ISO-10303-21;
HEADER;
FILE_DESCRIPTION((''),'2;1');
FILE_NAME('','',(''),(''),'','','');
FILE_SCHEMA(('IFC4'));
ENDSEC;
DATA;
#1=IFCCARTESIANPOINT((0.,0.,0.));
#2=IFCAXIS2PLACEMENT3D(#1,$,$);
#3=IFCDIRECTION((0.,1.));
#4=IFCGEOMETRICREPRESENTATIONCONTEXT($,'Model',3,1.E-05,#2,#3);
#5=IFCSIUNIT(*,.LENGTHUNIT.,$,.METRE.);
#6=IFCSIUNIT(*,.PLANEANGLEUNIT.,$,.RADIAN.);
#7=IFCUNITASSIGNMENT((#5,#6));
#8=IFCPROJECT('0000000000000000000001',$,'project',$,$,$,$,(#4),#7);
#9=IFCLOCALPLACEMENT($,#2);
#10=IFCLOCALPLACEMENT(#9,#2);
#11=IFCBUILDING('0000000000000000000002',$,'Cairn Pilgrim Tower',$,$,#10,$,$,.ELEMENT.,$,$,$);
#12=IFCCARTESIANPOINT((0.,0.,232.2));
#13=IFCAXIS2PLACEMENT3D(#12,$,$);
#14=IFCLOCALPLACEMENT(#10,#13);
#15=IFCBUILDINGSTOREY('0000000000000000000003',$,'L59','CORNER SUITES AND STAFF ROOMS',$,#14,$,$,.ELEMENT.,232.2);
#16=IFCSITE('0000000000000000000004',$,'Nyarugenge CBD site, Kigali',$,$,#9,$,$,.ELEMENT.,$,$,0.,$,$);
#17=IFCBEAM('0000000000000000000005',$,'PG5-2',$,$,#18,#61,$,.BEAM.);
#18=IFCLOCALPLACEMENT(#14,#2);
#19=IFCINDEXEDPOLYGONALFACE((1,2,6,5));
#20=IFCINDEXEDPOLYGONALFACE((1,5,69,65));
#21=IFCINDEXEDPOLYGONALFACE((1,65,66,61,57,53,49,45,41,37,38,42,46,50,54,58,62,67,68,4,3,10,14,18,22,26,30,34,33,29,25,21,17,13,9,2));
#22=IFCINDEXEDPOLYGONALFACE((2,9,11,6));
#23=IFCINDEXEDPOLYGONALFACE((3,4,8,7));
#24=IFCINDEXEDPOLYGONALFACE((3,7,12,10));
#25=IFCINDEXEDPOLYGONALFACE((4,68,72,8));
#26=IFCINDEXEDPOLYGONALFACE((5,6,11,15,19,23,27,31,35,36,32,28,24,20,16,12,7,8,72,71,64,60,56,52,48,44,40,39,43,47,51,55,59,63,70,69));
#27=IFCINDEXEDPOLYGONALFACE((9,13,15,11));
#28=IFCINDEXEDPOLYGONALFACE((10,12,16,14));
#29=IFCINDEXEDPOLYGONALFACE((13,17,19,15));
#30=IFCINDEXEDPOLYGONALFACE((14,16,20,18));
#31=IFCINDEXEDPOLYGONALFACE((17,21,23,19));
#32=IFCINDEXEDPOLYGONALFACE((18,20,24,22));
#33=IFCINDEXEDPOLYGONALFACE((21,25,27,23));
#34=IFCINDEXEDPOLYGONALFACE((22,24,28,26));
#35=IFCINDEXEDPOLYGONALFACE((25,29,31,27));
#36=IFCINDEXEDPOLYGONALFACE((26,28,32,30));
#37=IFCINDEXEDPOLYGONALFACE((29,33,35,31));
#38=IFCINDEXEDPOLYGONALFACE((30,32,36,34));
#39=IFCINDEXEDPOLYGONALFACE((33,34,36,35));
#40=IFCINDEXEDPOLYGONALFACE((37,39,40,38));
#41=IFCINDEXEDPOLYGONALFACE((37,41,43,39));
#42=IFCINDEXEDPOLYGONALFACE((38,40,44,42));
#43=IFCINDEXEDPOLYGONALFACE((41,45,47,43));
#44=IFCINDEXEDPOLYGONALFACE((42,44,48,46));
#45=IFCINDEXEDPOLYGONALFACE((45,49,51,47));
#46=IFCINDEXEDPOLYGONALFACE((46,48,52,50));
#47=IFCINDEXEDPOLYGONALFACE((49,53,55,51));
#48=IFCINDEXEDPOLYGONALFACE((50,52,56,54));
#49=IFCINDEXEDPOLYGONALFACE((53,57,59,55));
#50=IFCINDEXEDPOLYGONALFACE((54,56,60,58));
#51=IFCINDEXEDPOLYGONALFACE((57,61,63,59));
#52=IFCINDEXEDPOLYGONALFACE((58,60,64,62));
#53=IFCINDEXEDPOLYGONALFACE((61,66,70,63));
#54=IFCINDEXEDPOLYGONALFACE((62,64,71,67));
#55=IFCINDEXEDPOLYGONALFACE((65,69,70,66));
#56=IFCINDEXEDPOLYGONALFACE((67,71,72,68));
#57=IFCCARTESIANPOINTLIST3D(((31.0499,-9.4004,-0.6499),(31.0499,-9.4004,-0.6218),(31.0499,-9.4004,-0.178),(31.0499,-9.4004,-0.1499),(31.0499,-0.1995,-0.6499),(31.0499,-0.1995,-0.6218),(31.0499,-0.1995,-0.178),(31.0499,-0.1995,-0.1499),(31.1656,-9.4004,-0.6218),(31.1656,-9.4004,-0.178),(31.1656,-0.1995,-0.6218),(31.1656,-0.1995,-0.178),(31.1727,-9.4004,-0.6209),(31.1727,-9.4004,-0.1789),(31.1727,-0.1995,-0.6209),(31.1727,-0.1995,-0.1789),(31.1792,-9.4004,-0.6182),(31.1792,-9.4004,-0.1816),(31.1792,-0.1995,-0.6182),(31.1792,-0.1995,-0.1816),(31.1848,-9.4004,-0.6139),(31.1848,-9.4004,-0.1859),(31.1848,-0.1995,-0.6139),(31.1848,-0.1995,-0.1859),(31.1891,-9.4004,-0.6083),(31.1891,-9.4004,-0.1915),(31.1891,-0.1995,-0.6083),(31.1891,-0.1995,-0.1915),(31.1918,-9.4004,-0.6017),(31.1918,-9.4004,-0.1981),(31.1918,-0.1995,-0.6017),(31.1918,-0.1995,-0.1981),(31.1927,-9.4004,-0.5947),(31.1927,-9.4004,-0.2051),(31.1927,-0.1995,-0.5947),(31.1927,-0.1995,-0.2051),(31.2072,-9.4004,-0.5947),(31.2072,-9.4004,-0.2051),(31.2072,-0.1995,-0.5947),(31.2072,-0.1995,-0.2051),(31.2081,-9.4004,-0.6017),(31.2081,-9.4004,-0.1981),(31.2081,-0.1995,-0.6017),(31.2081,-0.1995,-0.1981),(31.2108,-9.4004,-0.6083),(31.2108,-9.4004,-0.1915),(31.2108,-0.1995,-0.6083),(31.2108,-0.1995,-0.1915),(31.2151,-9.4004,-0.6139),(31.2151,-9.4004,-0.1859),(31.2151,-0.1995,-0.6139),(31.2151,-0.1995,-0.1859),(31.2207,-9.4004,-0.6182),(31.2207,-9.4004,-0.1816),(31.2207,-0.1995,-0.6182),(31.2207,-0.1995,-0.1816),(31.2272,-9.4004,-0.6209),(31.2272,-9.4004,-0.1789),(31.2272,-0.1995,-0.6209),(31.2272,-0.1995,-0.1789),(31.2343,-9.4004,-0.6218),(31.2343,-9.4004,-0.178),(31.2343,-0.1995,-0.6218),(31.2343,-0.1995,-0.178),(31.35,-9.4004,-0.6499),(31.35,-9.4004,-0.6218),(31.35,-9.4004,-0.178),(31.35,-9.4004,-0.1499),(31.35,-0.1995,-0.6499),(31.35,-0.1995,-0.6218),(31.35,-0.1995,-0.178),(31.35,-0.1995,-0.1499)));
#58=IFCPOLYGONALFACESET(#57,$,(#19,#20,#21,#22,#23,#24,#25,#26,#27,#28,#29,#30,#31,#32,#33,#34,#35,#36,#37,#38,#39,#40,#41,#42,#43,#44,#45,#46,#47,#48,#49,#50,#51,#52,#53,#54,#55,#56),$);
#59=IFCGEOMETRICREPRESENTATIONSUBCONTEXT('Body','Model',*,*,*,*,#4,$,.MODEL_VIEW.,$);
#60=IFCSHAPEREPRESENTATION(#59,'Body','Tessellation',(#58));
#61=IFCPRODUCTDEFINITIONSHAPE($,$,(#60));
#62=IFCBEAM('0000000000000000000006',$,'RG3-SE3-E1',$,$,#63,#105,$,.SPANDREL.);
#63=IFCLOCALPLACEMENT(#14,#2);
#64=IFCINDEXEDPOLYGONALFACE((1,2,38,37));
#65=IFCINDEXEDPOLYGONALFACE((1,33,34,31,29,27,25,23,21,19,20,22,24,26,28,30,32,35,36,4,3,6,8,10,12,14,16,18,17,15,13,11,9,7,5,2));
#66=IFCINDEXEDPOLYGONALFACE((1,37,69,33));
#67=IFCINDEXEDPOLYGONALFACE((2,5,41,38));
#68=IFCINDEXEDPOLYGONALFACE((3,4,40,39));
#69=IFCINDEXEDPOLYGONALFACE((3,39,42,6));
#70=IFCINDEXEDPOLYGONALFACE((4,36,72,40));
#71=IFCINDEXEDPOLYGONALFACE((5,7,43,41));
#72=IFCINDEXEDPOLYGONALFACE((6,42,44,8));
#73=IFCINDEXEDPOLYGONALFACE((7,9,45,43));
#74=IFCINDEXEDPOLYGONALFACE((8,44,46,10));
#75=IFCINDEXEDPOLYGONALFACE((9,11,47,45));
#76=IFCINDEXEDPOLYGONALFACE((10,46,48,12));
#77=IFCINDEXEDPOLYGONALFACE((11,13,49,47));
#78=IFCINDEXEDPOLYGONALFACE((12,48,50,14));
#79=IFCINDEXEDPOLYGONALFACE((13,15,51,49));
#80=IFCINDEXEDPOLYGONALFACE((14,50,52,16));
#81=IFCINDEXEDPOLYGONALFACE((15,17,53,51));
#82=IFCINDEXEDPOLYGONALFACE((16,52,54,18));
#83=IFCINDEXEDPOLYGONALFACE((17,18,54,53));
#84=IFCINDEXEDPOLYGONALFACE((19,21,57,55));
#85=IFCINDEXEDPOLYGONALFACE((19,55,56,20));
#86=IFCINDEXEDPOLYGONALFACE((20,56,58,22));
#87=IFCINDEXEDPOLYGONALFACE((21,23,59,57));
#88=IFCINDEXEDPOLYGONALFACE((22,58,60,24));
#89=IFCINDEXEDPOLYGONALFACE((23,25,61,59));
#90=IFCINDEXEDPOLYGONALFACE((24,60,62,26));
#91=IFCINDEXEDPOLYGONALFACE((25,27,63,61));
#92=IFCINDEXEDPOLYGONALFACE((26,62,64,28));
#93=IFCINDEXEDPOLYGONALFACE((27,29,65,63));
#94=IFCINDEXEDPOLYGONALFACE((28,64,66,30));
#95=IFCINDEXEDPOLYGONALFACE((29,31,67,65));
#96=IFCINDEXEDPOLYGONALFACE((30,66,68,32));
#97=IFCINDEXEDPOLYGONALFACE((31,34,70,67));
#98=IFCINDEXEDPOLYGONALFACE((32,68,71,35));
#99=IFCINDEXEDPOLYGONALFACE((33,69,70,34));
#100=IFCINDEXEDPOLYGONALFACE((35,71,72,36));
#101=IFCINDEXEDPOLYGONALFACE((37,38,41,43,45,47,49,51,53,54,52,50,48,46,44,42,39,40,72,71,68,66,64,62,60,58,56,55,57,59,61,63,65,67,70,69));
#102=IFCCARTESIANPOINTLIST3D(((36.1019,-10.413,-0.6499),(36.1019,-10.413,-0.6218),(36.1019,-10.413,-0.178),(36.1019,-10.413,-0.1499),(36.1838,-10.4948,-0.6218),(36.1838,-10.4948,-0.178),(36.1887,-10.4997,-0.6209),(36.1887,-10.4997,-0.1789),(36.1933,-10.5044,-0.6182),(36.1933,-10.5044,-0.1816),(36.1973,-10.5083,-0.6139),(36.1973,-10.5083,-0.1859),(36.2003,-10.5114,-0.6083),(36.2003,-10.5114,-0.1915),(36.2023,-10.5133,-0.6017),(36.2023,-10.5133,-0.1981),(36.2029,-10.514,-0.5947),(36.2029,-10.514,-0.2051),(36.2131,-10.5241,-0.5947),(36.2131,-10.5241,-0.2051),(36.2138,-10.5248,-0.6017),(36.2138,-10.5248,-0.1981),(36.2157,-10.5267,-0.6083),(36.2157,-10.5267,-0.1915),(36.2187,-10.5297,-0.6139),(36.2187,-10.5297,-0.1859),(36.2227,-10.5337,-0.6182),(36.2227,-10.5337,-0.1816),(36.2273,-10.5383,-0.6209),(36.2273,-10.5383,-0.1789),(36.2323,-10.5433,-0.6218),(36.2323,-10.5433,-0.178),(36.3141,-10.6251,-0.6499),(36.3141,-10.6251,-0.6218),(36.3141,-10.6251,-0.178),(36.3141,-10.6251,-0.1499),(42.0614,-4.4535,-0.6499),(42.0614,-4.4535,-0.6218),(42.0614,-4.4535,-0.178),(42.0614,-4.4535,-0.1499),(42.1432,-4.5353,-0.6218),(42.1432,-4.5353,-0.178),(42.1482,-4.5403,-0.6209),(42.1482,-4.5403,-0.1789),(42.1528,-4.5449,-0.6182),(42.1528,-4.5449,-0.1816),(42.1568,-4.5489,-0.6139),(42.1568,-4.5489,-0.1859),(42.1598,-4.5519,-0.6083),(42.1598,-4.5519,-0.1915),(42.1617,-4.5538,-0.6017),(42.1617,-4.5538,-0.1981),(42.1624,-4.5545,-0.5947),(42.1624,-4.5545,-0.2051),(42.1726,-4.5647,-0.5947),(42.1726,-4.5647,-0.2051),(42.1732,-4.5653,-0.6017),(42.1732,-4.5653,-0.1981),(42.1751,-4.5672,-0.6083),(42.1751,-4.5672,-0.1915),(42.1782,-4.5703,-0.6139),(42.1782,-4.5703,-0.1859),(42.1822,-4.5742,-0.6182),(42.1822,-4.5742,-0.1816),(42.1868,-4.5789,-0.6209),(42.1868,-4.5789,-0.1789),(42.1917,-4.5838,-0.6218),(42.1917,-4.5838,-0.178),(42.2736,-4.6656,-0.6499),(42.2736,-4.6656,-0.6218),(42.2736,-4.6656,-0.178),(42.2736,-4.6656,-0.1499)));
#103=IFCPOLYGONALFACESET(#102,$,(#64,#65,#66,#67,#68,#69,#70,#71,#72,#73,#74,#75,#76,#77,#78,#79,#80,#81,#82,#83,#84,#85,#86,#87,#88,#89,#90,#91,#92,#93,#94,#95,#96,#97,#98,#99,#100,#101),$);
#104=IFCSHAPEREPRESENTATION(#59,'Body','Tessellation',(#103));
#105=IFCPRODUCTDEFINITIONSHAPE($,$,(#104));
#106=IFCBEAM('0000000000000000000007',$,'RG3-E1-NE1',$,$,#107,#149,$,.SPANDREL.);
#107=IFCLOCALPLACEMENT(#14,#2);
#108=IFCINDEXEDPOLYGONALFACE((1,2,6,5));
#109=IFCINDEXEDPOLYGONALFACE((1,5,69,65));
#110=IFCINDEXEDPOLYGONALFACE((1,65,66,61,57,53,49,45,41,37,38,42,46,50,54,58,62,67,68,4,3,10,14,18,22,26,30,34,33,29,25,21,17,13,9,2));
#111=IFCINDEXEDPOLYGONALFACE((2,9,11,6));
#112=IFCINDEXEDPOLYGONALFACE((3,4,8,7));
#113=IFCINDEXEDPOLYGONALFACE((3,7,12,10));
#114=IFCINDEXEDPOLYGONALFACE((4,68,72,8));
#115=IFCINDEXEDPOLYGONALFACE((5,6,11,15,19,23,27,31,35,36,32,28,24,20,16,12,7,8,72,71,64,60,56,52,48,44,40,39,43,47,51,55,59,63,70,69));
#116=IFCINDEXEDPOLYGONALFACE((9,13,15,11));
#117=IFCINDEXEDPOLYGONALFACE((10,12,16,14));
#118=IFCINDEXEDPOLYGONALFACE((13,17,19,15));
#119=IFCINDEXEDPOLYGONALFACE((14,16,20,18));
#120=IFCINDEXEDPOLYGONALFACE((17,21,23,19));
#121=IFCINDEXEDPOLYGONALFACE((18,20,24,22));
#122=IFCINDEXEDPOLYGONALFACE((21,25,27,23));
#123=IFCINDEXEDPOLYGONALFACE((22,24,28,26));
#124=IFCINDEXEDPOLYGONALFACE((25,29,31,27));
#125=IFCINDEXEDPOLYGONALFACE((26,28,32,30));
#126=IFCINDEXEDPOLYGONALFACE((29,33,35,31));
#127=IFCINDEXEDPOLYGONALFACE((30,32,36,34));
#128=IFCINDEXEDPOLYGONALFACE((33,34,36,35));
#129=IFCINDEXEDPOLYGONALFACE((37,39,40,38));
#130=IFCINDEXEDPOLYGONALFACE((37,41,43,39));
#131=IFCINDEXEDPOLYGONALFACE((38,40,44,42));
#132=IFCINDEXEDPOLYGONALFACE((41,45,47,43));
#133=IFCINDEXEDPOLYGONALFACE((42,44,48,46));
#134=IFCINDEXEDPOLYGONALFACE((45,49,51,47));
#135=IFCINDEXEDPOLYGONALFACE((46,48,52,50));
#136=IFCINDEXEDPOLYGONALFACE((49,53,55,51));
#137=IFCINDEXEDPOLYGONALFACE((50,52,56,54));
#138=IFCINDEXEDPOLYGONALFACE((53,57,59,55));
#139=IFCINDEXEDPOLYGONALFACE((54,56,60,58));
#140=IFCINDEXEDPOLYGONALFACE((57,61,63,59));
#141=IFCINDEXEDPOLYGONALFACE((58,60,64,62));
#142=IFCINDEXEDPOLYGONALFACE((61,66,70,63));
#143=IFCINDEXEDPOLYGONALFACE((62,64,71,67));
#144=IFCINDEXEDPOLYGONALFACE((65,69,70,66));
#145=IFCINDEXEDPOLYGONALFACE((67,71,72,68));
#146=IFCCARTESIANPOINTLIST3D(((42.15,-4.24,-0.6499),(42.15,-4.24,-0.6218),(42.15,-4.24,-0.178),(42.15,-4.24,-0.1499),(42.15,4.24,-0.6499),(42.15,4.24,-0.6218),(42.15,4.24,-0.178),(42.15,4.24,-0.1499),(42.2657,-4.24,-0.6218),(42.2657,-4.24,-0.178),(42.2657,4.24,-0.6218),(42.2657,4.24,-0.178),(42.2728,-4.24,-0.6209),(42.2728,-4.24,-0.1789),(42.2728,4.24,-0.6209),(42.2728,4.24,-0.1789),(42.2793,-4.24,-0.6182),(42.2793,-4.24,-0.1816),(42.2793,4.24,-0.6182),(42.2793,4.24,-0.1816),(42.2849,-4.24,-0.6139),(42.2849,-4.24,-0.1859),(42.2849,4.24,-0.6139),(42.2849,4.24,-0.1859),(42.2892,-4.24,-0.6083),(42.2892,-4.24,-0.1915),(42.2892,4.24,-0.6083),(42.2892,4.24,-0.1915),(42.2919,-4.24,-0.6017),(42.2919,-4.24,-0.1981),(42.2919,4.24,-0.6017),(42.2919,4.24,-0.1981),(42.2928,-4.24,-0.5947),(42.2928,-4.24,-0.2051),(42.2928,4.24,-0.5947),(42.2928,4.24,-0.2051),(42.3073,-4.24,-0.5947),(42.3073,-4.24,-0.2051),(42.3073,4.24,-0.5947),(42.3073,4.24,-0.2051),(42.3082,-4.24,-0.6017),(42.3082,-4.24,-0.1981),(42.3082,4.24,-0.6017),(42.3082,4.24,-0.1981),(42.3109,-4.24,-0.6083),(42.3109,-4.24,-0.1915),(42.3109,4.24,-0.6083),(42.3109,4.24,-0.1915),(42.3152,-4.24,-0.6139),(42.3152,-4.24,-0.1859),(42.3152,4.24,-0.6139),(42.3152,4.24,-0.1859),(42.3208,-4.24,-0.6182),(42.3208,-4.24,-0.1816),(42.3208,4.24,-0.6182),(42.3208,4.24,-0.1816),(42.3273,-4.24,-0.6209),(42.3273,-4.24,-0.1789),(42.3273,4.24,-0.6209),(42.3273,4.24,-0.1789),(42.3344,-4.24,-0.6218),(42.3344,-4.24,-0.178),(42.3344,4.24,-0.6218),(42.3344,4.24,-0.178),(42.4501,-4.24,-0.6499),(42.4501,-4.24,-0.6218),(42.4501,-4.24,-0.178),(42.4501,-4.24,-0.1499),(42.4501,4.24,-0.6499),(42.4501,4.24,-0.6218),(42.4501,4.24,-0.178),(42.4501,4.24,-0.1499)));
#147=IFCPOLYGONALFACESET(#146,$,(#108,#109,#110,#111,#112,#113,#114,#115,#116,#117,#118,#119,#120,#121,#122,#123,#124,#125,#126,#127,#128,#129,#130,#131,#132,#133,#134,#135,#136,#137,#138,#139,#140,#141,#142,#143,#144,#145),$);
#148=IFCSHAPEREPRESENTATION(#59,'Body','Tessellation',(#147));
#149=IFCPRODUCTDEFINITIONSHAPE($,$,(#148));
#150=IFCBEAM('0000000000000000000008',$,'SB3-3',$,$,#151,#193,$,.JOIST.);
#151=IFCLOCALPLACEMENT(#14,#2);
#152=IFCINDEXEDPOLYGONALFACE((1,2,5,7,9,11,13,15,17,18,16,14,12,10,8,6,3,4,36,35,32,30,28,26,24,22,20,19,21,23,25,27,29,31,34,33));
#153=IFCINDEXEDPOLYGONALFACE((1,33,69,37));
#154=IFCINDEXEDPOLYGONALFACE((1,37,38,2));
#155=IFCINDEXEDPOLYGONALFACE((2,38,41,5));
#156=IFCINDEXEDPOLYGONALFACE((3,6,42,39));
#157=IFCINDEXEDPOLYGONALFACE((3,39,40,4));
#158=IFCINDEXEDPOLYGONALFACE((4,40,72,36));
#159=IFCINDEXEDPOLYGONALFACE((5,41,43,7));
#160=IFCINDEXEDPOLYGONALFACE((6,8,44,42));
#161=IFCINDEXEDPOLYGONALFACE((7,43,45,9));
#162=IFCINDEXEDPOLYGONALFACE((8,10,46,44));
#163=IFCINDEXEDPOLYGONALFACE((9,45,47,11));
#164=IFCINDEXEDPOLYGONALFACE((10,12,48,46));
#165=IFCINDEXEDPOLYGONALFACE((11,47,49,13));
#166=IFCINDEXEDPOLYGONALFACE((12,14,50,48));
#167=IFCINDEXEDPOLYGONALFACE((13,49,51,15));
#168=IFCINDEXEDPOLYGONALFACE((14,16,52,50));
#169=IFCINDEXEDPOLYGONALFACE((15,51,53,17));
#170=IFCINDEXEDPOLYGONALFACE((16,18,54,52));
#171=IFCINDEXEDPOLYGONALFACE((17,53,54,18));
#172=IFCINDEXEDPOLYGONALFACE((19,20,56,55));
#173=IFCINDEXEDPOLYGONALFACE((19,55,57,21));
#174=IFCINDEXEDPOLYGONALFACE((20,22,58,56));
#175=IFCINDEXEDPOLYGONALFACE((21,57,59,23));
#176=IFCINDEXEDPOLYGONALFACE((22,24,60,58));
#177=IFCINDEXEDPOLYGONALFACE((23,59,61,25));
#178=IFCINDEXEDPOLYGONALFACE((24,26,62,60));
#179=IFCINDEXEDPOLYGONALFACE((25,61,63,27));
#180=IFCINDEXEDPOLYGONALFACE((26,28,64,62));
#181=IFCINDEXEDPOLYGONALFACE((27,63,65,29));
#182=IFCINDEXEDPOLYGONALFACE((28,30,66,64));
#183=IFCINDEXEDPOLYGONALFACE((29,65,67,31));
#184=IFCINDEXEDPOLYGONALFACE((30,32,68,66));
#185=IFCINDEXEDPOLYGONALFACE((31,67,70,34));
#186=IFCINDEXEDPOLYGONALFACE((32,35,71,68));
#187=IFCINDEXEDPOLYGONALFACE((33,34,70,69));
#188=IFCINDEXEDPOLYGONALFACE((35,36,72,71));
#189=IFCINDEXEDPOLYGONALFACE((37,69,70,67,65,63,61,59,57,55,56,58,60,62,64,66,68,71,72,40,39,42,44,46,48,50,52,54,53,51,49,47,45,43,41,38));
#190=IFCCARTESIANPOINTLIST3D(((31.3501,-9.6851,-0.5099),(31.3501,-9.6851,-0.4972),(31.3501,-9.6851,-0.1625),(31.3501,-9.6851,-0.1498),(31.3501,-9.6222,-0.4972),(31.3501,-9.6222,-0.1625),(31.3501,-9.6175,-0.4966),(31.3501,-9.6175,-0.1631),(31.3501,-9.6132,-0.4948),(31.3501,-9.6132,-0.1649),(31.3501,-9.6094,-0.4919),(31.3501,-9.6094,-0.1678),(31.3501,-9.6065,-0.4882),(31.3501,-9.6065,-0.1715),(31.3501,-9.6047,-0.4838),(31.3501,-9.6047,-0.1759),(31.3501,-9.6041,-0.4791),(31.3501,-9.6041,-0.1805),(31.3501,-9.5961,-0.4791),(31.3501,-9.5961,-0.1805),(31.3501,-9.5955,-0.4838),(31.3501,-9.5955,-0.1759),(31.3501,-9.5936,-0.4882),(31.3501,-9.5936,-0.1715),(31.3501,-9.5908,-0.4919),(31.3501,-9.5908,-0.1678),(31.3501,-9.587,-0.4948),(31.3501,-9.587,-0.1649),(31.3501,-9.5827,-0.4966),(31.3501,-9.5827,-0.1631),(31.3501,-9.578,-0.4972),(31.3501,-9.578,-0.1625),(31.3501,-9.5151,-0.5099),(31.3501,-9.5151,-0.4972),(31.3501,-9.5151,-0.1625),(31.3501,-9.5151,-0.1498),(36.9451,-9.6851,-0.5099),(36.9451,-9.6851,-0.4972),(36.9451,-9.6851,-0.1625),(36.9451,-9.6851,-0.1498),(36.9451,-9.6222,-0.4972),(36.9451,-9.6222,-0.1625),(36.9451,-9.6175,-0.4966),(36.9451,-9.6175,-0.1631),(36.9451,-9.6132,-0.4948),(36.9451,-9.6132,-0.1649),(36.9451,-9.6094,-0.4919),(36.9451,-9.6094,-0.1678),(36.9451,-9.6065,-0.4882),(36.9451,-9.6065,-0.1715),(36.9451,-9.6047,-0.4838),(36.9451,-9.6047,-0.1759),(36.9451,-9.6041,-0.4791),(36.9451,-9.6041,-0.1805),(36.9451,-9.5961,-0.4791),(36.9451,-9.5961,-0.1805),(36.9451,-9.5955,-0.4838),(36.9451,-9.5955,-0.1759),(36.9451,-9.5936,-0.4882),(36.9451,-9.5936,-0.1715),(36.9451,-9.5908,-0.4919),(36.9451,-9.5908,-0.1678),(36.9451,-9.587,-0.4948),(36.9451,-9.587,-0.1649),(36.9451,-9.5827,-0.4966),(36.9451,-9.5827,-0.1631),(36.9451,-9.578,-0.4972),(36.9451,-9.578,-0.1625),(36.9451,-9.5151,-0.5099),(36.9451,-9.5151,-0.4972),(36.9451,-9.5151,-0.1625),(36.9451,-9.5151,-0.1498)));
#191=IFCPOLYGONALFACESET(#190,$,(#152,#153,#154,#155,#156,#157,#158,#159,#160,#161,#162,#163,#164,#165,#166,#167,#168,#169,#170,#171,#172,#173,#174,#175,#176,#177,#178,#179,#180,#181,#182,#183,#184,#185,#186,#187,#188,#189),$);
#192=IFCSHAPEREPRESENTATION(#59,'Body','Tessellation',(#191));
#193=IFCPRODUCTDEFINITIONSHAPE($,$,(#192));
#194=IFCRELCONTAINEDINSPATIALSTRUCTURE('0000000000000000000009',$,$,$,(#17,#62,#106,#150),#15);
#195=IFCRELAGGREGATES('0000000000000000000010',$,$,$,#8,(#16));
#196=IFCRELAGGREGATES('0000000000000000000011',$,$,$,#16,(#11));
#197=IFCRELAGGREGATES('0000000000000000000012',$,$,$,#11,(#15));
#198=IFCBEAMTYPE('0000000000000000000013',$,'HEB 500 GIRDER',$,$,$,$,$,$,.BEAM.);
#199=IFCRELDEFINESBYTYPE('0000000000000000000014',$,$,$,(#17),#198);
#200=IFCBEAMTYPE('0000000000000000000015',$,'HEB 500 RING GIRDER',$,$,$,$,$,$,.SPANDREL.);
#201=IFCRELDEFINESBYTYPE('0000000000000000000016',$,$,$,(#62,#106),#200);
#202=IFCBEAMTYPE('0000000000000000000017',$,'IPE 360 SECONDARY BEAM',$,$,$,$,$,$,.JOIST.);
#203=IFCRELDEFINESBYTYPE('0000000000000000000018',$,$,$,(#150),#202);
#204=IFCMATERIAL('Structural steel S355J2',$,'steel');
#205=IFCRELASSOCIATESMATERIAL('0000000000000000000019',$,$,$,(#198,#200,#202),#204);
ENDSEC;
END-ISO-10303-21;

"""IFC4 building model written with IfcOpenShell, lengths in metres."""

from ifc_helpers import new_model, si_unit, direction, frame, origin, origin_2d, place, context, subcontext, project, spatial, i_section, extrude, material, material_profile, profile_set, type_object, element, save


model = new_model("IFC4")

# Units and contexts
model_context = context("Model", 3, precision=1e-05, world=origin(), true_north=direction((0.0, 1.0)))
body_context = subcontext(model_context, "Body", "Model", "MODEL_VIEW")
ifc_project = project(units=[si_unit("LENGTHUNIT", "METRE"), si_unit("PLANEANGLEUNIT", "RADIAN")], contexts=[model_context])

# Site, building, storey
site_placement = place(None, origin())
site = spatial("IfcSite", under=ifc_project, at=site_placement, Name="Nyarugenge CBD site, Kigali", CompositionType="ELEMENT", RefElevation=0.0)
building_placement = place(site_placement, origin())
building = spatial("IfcBuilding", under=site, at=building_placement, Name="Cairn Pilgrim Tower", CompositionType="ELEMENT")
storey_placement = place(building_placement, frame((0.0, 0.0, 232.2)))
storey = spatial("IfcBuildingStorey", under=building, at=storey_placement, Name="L59", Description="CORNER SUITES AND STAFF ROOMS", CompositionType="ELEMENT", Elevation=232.2)

# Shared definitions
ifc_material_1 = material(Name="Structural steel S355J2", Category="steel")

# Beams
ifc_material_profile_1 = material_profile(ifc_material_1, i_section(OverallWidth=0.3, OverallDepth=0.5, WebThickness=0.0144, FlangeThickness=0.0281, FilletRadius=0.0271, at=origin_2d()), Name="HEB 500")
ifc_profile_set_1 = profile_set([ifc_material_profile_1], Name="Structural steel S355J2")
beam_type_1 = type_object("IfcBeamType", Name="HEB 500 GIRDER", PredefinedType="BEAM", material=ifc_profile_set_1)
beam_1_placement = place(storey_placement, frame((31.2, -9.4004, -0.3999), z_axis=(0.0, 1.0, 0.0), x_axis=(-1.0, 0.0, 0.0)))
element("IfcBeam", 1, at=beam_1_placement, inside=storey, type_object=beam_type_1, Name="PG5-2", PredefinedType="BEAM", context=body_context, shape_type="SweptSolid", body=[
    extrude(i_section(OverallWidth=0.3, OverallDepth=0.5, WebThickness=0.0144, FlangeThickness=0.0281, FilletRadius=0.0271, at=origin_2d()), origin(), (0.0, 0.0, 1.0), 9.2009),
])
ifc_material_profile_2 = material_profile(ifc_material_1, i_section(OverallWidth=0.3, OverallDepth=0.5, WebThickness=0.0144, FlangeThickness=0.0281, FilletRadius=0.0271, at=origin_2d()), Name="HEB 500")
ifc_profile_set_2 = profile_set([ifc_material_profile_2], Name="Structural steel S355J2")
beam_type_2 = type_object("IfcBeamType", Name="HEB 500 RING GIRDER", PredefinedType="SPANDREL", material=ifc_profile_set_2)
beam_2_placement = place(storey_placement, frame((36.208, -10.519, -0.3999), z_axis=(0.707107, 0.707107, 0.0), x_axis=(-0.707107, 0.707107, 0.0)))
element("IfcBeam", 2, at=beam_2_placement, inside=storey, type_object=beam_type_2, Name="RG3-SE3-E1", PredefinedType="SPANDREL", context=body_context, shape_type="SweptSolid", body=[
    extrude(i_section(OverallWidth=0.3, OverallDepth=0.5, WebThickness=0.0144, FlangeThickness=0.0281, FilletRadius=0.0271, at=origin_2d()), origin(), (0.0, 0.0, 1.0), 8.428),
])
beam_3_placement = place(storey_placement, frame((42.3, -4.24, -0.3999), z_axis=(0.0, 1.0, 0.0), x_axis=(-1.0, 0.0, 0.0)))
element("IfcBeam", 3, at=beam_3_placement, inside=storey, type_object=beam_type_2, Name="RG3-E1-NE1", PredefinedType="SPANDREL", context=body_context, shape_type="SweptSolid", body=[
    extrude(i_section(OverallWidth=0.3, OverallDepth=0.5, WebThickness=0.0144, FlangeThickness=0.0281, FilletRadius=0.0271, at=origin_2d()), origin(), (0.0, 0.0, 1.0), 8.48),
])
ifc_material_profile_3 = material_profile(ifc_material_1, i_section(OverallWidth=0.1699, OverallDepth=0.3601, WebThickness=0.0081, FlangeThickness=0.0127, FilletRadius=0.0181, at=origin_2d()), Name="IPE 360")
ifc_profile_set_3 = profile_set([ifc_material_profile_3], Name="Structural steel S355J2")
beam_type_3 = type_object("IfcBeamType", Name="IPE 360 SECONDARY BEAM", PredefinedType="JOIST", material=ifc_profile_set_3)
beam_4_placement = place(storey_placement, frame((31.3501, -9.6001, -0.3298), z_axis=(1.0, 0.0, 0.0), x_axis=(0.0, 1.0, 0.0)))
element("IfcBeam", 4, at=beam_4_placement, inside=storey, type_object=beam_type_3, Name="SB3-3", PredefinedType="JOIST", context=body_context, shape_type="SweptSolid", body=[
    extrude(i_section(OverallWidth=0.1699, OverallDepth=0.3601, WebThickness=0.0081, FlangeThickness=0.0127, FilletRadius=0.0181, at=origin_2d()), origin(), (0.0, 0.0, 1.0), 5.595),
])

save(model, "model.ifc")
